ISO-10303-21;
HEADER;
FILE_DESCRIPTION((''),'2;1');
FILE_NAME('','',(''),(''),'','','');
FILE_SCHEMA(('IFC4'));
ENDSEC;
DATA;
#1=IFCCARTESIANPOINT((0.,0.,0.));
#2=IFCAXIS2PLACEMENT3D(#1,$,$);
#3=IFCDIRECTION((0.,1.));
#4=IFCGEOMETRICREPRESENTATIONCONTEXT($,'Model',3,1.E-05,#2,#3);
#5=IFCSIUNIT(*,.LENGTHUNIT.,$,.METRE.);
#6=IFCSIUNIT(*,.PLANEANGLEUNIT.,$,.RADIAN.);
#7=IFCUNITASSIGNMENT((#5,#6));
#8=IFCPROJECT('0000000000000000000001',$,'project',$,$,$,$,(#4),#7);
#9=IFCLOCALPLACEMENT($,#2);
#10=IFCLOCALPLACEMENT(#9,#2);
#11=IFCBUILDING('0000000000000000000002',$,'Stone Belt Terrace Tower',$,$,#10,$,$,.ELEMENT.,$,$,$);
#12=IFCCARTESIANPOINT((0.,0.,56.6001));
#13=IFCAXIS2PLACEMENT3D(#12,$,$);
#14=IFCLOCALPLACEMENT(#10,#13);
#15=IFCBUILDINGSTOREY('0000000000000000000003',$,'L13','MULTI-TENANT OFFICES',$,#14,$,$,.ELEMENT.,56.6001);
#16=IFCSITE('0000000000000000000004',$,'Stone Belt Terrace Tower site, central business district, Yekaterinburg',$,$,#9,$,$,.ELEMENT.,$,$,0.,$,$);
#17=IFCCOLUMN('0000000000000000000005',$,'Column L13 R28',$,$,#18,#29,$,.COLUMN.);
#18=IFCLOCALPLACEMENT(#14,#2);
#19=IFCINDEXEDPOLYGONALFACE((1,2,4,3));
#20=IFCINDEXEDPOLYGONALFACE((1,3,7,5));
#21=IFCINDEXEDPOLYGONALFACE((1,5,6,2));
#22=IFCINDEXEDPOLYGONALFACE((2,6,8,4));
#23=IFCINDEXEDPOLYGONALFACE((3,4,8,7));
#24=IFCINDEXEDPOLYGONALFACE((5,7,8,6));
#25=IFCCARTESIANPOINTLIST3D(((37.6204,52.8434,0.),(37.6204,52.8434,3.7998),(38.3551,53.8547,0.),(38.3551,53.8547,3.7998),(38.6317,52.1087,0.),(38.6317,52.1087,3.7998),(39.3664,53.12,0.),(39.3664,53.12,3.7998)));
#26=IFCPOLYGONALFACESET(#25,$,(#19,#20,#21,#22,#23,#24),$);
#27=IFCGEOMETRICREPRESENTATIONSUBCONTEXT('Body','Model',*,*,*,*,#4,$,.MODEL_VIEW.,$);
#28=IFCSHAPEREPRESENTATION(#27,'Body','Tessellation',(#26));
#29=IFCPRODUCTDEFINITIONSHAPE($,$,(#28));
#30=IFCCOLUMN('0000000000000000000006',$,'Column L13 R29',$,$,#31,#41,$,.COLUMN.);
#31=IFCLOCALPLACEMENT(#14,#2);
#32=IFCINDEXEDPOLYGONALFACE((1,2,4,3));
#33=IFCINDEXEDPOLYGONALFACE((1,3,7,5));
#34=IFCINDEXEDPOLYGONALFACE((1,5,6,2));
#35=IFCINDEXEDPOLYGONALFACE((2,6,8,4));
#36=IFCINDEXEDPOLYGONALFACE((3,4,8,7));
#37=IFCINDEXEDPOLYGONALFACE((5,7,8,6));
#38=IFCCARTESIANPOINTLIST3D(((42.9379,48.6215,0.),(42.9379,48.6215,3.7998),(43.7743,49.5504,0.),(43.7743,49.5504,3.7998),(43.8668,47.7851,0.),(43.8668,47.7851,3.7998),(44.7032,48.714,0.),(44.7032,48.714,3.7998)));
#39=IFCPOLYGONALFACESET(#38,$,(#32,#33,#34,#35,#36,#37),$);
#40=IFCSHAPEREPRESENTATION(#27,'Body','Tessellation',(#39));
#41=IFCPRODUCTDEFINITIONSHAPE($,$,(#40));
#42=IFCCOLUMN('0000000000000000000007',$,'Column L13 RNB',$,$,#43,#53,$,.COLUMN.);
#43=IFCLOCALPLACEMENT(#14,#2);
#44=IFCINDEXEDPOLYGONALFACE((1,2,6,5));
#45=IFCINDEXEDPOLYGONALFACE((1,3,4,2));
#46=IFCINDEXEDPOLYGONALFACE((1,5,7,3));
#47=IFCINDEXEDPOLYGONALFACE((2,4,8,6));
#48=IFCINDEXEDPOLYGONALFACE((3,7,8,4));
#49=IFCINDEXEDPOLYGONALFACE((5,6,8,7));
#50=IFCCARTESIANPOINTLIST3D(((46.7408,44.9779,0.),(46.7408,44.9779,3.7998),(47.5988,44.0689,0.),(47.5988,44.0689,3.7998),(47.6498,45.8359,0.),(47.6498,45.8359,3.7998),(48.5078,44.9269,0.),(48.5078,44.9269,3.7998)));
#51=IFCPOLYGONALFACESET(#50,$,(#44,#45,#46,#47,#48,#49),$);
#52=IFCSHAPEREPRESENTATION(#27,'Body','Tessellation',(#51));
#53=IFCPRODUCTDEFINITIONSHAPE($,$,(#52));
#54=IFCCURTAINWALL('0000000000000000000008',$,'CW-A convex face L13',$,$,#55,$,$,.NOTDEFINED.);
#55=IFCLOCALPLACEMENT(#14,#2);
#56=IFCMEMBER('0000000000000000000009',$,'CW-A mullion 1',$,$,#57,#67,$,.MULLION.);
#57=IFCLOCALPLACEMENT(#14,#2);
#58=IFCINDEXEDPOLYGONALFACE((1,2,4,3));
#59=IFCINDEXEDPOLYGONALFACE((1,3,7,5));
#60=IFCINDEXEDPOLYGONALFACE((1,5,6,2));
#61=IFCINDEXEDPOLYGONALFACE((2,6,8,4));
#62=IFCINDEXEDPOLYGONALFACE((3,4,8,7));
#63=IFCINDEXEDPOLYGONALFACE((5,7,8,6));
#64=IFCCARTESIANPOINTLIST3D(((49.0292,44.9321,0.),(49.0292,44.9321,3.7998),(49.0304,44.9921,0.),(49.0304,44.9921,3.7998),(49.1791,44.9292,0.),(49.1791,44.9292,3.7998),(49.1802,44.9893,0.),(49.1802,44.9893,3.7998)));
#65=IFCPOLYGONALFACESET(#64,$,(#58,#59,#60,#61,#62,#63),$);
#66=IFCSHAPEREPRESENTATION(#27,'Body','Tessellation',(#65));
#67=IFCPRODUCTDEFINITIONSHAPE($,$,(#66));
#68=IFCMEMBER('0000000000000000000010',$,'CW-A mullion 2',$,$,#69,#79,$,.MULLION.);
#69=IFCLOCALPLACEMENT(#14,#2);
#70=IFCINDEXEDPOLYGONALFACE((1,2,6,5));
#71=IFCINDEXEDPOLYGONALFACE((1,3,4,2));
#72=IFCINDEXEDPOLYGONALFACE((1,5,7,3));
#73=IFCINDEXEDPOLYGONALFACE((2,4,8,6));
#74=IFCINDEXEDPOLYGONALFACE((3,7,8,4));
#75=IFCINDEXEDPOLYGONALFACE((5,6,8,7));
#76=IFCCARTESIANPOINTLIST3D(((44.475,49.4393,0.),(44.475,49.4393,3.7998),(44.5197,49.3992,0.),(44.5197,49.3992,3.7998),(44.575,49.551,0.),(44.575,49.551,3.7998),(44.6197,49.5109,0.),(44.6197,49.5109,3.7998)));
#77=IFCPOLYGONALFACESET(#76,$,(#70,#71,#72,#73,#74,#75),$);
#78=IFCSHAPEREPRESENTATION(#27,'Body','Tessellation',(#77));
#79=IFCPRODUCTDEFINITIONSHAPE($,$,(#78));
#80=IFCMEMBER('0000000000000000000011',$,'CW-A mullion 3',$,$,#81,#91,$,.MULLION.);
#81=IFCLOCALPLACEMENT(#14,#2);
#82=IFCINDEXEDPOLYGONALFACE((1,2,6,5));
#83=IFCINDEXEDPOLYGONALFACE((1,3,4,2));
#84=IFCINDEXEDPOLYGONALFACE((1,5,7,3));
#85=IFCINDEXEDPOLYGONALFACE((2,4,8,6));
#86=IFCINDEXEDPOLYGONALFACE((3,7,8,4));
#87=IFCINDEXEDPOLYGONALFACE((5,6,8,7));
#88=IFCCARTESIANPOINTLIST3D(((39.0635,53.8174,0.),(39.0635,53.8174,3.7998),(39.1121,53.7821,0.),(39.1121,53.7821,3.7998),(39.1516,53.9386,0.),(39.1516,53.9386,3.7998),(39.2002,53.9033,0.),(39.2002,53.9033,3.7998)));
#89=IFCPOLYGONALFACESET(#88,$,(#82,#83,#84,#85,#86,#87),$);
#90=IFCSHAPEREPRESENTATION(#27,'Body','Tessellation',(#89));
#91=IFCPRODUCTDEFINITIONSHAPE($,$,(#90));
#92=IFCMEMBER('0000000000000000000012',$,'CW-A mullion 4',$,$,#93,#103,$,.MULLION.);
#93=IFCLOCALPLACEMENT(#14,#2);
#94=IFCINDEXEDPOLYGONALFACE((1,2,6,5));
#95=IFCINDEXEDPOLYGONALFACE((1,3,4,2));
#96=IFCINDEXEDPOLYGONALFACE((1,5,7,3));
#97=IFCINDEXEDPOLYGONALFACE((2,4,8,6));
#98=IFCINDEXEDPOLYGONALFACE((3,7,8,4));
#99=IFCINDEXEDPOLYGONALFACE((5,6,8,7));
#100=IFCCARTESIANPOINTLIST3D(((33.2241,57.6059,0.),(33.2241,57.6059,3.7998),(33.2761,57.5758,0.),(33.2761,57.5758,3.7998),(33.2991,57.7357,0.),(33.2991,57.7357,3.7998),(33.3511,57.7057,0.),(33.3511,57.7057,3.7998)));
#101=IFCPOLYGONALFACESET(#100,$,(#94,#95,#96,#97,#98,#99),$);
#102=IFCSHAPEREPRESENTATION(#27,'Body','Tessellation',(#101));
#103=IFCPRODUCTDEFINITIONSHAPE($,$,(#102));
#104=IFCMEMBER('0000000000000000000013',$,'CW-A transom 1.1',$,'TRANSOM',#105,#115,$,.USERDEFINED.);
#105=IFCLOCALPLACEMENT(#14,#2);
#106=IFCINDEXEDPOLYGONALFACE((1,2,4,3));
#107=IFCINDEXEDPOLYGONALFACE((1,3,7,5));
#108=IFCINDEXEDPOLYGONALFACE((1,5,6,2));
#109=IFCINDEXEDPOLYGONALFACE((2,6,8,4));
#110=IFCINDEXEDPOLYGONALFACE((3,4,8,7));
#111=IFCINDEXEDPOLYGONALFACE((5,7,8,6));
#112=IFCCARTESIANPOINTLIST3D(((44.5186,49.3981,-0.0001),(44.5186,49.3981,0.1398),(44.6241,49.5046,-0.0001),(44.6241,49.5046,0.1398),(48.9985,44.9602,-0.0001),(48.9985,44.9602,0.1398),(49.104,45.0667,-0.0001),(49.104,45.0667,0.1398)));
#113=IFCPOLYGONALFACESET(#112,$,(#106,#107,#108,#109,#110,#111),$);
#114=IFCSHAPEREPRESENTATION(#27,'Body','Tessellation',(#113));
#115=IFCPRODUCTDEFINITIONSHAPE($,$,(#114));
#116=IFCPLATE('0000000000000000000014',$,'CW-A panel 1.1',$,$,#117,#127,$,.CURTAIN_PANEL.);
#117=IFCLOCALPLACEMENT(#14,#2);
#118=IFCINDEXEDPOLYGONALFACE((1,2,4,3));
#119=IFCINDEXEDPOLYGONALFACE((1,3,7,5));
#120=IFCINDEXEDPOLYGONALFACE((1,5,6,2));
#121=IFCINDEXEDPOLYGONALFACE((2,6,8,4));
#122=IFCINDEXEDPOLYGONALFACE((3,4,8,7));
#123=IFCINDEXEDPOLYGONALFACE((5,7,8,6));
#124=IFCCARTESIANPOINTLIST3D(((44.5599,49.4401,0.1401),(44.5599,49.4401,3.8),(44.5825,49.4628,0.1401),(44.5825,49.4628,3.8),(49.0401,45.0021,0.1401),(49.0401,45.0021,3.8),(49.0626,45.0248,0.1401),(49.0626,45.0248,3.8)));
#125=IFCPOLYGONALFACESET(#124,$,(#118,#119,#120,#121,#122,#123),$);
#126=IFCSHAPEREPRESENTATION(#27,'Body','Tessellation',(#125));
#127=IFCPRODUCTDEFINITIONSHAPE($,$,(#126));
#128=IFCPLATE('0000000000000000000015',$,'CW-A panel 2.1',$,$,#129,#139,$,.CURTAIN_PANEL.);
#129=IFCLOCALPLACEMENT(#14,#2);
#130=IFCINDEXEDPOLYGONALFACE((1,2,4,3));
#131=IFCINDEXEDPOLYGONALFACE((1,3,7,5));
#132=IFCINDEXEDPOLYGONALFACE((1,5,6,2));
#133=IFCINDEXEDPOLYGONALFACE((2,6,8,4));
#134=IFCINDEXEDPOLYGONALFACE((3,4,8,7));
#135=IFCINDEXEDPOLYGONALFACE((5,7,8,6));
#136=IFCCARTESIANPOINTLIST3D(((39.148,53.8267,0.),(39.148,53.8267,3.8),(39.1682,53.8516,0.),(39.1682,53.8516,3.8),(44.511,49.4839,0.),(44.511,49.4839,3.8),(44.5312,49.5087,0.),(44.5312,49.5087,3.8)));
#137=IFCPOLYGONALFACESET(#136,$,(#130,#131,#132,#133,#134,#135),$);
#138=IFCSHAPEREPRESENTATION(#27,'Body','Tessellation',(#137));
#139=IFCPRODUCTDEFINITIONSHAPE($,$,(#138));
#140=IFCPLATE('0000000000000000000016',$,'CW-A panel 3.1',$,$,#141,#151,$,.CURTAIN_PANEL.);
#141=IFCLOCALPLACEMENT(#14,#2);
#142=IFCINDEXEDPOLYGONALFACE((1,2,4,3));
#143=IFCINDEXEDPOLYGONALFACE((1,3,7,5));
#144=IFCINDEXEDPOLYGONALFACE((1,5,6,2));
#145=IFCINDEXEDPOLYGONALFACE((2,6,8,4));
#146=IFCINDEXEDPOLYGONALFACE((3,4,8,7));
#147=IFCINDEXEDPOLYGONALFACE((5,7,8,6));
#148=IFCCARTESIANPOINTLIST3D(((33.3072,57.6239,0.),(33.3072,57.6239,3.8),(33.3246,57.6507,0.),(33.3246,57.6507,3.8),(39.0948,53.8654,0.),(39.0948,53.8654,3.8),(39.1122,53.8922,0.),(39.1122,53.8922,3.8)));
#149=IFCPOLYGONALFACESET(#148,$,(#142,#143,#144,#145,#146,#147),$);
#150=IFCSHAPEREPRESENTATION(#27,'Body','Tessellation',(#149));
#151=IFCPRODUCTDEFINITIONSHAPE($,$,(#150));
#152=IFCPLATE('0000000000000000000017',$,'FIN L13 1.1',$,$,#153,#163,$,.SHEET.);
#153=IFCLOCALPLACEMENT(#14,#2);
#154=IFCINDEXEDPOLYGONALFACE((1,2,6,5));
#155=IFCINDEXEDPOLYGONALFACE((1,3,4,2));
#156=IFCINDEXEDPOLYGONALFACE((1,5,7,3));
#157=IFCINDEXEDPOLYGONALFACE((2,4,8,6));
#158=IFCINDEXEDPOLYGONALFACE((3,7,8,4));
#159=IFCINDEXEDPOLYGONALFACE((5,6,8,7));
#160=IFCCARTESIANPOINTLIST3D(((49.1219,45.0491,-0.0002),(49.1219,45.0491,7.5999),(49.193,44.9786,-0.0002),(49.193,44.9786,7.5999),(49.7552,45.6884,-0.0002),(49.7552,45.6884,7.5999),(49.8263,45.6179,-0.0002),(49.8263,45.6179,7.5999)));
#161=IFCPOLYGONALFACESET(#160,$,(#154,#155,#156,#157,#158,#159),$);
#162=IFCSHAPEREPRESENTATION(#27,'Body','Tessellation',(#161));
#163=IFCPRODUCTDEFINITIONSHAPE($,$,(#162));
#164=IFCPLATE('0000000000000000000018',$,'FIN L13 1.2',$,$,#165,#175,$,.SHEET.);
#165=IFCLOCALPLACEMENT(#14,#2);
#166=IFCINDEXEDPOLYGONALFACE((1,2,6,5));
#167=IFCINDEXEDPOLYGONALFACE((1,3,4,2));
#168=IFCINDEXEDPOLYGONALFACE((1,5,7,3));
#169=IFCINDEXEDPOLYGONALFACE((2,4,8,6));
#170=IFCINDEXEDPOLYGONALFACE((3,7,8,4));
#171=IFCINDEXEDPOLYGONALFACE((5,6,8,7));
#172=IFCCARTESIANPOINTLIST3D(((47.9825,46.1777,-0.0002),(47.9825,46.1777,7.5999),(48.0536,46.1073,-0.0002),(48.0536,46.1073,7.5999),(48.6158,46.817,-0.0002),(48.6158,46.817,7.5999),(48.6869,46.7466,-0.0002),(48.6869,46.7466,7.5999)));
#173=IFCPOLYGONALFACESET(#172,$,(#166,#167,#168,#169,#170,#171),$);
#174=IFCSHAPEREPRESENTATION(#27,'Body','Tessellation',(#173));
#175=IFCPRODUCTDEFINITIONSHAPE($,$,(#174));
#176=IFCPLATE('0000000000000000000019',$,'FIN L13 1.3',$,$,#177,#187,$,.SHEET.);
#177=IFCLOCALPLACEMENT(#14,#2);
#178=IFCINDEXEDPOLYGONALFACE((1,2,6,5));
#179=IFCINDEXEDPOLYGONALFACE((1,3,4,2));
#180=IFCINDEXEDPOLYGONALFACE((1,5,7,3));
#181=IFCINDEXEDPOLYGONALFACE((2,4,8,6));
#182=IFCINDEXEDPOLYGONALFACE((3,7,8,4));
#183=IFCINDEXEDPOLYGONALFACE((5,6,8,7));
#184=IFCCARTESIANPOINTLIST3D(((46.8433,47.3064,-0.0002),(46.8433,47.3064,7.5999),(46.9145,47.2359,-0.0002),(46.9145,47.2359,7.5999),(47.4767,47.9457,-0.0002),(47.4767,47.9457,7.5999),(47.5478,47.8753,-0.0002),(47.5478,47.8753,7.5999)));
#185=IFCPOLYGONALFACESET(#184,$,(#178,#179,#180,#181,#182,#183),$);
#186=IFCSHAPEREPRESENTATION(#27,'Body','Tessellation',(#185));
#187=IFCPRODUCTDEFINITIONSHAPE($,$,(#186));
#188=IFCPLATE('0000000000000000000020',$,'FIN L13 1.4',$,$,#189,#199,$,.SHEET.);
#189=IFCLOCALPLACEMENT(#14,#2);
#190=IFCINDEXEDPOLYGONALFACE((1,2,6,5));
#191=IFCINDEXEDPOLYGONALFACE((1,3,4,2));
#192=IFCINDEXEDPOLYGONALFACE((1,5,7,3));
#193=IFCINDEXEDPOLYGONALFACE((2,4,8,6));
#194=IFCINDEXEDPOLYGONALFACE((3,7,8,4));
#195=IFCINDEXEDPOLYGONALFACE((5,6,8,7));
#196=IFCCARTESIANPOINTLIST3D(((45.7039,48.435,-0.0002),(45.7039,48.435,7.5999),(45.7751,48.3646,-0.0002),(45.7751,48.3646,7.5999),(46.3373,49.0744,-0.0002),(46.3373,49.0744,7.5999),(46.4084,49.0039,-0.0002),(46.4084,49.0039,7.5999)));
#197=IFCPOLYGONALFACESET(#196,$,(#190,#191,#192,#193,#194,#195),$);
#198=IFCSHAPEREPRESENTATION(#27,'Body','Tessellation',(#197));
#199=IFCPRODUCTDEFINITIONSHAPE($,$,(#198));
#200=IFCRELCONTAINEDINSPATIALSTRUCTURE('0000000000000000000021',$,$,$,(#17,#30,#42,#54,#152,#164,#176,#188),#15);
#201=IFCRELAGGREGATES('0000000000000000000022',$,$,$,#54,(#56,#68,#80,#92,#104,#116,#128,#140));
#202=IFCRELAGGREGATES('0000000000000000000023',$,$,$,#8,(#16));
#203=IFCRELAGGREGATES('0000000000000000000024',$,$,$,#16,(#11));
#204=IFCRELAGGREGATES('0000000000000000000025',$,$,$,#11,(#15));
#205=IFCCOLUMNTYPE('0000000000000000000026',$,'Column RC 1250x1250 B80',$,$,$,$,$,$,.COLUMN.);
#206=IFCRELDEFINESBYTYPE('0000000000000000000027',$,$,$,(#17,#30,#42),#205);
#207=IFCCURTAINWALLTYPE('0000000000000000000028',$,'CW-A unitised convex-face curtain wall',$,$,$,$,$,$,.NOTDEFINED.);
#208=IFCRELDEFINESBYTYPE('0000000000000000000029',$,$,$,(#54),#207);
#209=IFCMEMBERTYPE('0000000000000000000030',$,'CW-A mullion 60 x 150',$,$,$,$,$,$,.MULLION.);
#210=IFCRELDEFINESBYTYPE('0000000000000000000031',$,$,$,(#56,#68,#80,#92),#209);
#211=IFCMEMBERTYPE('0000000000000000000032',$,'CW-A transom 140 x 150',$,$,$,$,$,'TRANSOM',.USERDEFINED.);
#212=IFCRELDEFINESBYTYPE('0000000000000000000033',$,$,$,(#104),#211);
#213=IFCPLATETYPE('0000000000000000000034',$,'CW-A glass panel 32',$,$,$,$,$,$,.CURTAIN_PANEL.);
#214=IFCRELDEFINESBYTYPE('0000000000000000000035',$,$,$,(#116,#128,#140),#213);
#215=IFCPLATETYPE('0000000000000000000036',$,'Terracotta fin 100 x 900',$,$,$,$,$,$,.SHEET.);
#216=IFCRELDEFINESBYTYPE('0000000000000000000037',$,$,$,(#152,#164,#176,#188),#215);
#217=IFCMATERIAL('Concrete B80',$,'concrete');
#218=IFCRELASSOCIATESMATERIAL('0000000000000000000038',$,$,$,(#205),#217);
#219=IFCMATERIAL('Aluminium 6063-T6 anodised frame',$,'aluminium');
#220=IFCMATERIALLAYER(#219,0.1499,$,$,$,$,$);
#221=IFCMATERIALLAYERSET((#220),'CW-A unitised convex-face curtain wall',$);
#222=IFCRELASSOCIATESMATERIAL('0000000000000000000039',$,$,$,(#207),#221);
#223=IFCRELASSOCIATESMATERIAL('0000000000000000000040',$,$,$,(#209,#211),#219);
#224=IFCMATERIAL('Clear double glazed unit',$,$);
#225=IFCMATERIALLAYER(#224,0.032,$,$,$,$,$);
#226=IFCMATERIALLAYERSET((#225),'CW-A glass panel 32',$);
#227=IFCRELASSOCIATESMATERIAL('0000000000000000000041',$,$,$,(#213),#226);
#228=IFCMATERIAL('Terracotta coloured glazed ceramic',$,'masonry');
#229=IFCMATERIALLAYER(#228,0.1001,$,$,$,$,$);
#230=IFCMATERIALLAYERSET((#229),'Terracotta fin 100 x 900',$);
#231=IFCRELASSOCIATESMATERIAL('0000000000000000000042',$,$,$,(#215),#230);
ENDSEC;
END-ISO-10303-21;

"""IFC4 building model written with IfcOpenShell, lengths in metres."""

from ifc_helpers import new_model, si_unit, direction, frame, origin, origin_2d, place, context, subcontext, project, spatial, rectangle, extrude, material, layer, layer_set, material_profile, profile_set, type_object, element, aggregate, save


model = new_model("IFC4")

# Units and contexts
model_context = context("Model", 3, precision=1e-05, world=origin(), true_north=direction((0.0, 1.0)))
body_context = subcontext(model_context, "Body", "Model", "MODEL_VIEW")
ifc_project = project(units=[si_unit("LENGTHUNIT", "METRE"), si_unit("PLANEANGLEUNIT", "RADIAN")], contexts=[model_context])

# Site, building, storey
site_placement = place(None, origin())
site = spatial("IfcSite", under=ifc_project, at=site_placement, Name="Stone Belt Terrace Tower site, central business district, Yekaterinburg", CompositionType="ELEMENT", RefElevation=0.0)
building_placement = place(site_placement, origin())
building = spatial("IfcBuilding", under=site, at=building_placement, Name="Stone Belt Terrace Tower", CompositionType="ELEMENT")
storey_placement = place(building_placement, frame((0.0, 0.0, 56.6001)))
storey = spatial("IfcBuildingStorey", under=building, at=storey_placement, Name="L13", Description="MULTI-TENANT OFFICES", CompositionType="ELEMENT", Elevation=56.6001)

# Columns
ifc_material_1 = material(Name="Concrete B80", Category="concrete")
ifc_material_profile_1 = material_profile(ifc_material_1, rectangle(XDim=1.25, YDim=1.25, at=origin_2d()), Name="RC 1250x1250")
ifc_profile_set_1 = profile_set([ifc_material_profile_1], Name="Concrete B80")
column_type = type_object("IfcColumnType", Name="Column RC 1250x1250 B80", PredefinedType="COLUMN", material=ifc_profile_set_1)
for number, where, z_axis, x_axis, name in (
    (1, (38.4934, 52.9817, 0.0), (0.0, 0.0, 1.0), (0.809017, -0.587785, 0.0), "Column L13 R28"),
    (2, (43.8206, 48.6677, 0.0), (0.0, 0.0, 1.0), (0.743145, -0.669131, 0.0), "Column L13 R29"),
    (3, (47.6243, 44.9524, 0.0), (0.0, 0.0, 1.0), (0.686414, -0.727211, 0.0), "Column L13 RNB"),
):
    element("IfcColumn", number, at=place(storey_placement, frame(where, z_axis=z_axis, x_axis=x_axis)), inside=storey, type_object=column_type, Name=name, PredefinedType="COLUMN", context=body_context, shape_type="SweptSolid", body=[
        extrude(rectangle(XDim=1.25, YDim=1.25, at=origin_2d()), origin(), (0.0, 0.0, 1.0), 3.7998),
    ])

# Curtain wall, members, plates
ifc_material_2 = material(Name="Aluminium 6063-T6 anodised frame", Category="aluminium")
ifc_layer_1 = layer(ifc_material_2, 0.1499)
ifc_layer_set_1 = layer_set([ifc_layer_1], Name="CW-A unitised convex-face curtain wall")
curtain_wall_type = type_object("IfcCurtainWallType", Name="CW-A unitised convex-face curtain wall", PredefinedType="NOTDEFINED", material=ifc_layer_set_1)
curtain_wall_placement = place(storey_placement, origin())
curtain_wall = element("IfcCurtainWall", 4, at=curtain_wall_placement, inside=storey, type_object=curtain_wall_type, Name="CW-A convex face L13", PredefinedType="NOTDEFINED")
ifc_material_profile_2 = material_profile(ifc_material_2, rectangle(XDim=0.1499, YDim=0.0601, at=origin_2d()), Name="Aluminium 6063-T6 60x150")
ifc_profile_set_2 = profile_set([ifc_material_profile_2], Name="Aluminium 6063-T6 anodised frame")
member_type_1 = type_object("IfcMemberType", Name="CW-A mullion 60 x 150", PredefinedType="MULLION", material=ifc_profile_set_2)
member_1_placement = place(storey_placement, frame((49.1047, 44.9607, 0.0), z_axis=(0.0, 0.0, 1.0), x_axis=(-0.999818, 0.019084, 0.0)))
member_1 = element("IfcMember", 5, at=member_1_placement, type_object=member_type_1, Name="CW-A mullion 1", PredefinedType="MULLION", context=body_context, shape_type="SweptSolid", body=[
    extrude(rectangle(XDim=0.1499, YDim=0.0601, at=origin_2d()), origin(), (0.0, 0.0, 1.0), 3.7998),
])
member_2_placement = place(storey_placement, frame((44.5474, 49.4751, 0.0), z_axis=(0.0, 0.0, 1.0), x_axis=(-0.667371, -0.744725, 0.0)))
member_2 = element("IfcMember", 6, at=member_2_placement, type_object=member_type_1, Name="CW-A mullion 2", PredefinedType="MULLION", context=body_context, shape_type="SweptSolid", body=[
    extrude(rectangle(XDim=0.1499, YDim=0.0601, at=origin_2d()), origin(), (0.0, 0.0, 1.0), 3.7998),
])
member_3_placement = place(storey_placement, frame((39.1318, 53.8604, 0.0), z_axis=(0.0, 0.0, 1.0), x_axis=(-0.587785, -0.809017, 0.0)))
member_3 = element("IfcMember", 7, at=member_3_placement, type_object=member_type_1, Name="CW-A mullion 3", PredefinedType="MULLION", context=body_context, shape_type="SweptSolid", body=[
    extrude(rectangle(XDim=0.1499, YDim=0.0601, at=origin_2d()), origin(), (0.0, 0.0, 1.0), 3.7998),
])
member_4_placement = place(storey_placement, frame((33.2876, 57.6558, 0.0), z_axis=(0.0, 0.0, 1.0), x_axis=(-0.5, -0.866025, 0.0)))
member_4 = element("IfcMember", 8, at=member_4_placement, type_object=member_type_1, Name="CW-A mullion 4", PredefinedType="MULLION", context=body_context, shape_type="SweptSolid", body=[
    extrude(rectangle(XDim=0.1499, YDim=0.0601, at=origin_2d()), origin(), (0.0, 0.0, 1.0), 3.7998),
])
ifc_material_profile_3 = material_profile(ifc_material_2, rectangle(XDim=0.1499, YDim=0.1399, at=origin_2d()), Name="Aluminium 6063-T6 150x140")
ifc_profile_set_3 = profile_set([ifc_material_profile_3], Name="Aluminium 6063-T6 anodised frame")
member_type_2 = type_object("IfcMemberType", Name="CW-A transom 140 x 150", ElementType="TRANSOM", PredefinedType="USERDEFINED", material=ifc_profile_set_3)
member_5_placement = place(storey_placement, frame((49.0513, 45.0134, 0.0698), z_axis=(-0.710428, 0.703769, 0.0), x_axis=(-0.703769, -0.710428, 0.0)))
member_5 = element("IfcMember", 9, at=member_5_placement, type_object=member_type_2, Name="CW-A transom 1.1", ObjectType="TRANSOM", PredefinedType="USERDEFINED", context=body_context, shape_type="SweptSolid", body=[
    extrude(rectangle(XDim=0.1499, YDim=0.1399, at=origin_2d()), origin(), (0.0, 0.0, 1.0), 6.3059),
])
ifc_material_3 = material(Name="Clear double glazed unit")
ifc_layer_2 = layer(ifc_material_3, 0.032)
ifc_layer_set_2 = layer_set([ifc_layer_2], Name="CW-A glass panel 32")
plate_type_1 = type_object("IfcPlateType", Name="CW-A glass panel 32", PredefinedType="CURTAIN_PANEL", material=ifc_layer_set_2)
plate_1_placement = place(storey_placement, frame((46.8113, 47.2324, 0.1401), z_axis=(0.0, 0.0, 1.0), x_axis=(-0.710443, 0.703754, 0.0)))
plate_1 = element("IfcPlate", 10, at=plate_1_placement, type_object=plate_type_1, Name="CW-A panel 1.1", PredefinedType="CURTAIN_PANEL", context=body_context, shape_type="SweptSolid", body=[
    extrude(rectangle(XDim=6.3062, YDim=0.032, at=origin_2d()), origin(), (0.0, 0.0, 1.0), 3.6599),
])
plate_2_placement = place(storey_placement, frame((41.8396, 51.6677, 0.0), z_axis=(0.0, 0.0, 1.0), x_axis=(-0.777146, 0.62932, 0.0)))
plate_2 = element("IfcPlate", 11, at=plate_2_placement, type_object=plate_type_1, Name="CW-A panel 2.1", PredefinedType="CURTAIN_PANEL", context=body_context, shape_type="SweptSolid", body=[
    extrude(rectangle(XDim=6.9009, YDim=0.032, at=origin_2d()), origin(), (0.0, 0.0, 1.0), 3.8),
])
plate_3_placement = place(storey_placement, frame((36.2097, 55.7581, 0.0), z_axis=(0.0, 0.0, 1.0), x_axis=(-0.838671, 0.544639, 0.0)))
plate_3 = element("IfcPlate", 12, at=plate_3_placement, type_object=plate_type_1, Name="CW-A panel 3.1", PredefinedType="CURTAIN_PANEL", context=body_context, shape_type="SweptSolid", body=[
    extrude(rectangle(XDim=6.9009, YDim=0.032, at=origin_2d()), origin(), (0.0, 0.0, 1.0), 3.8),
])
aggregate(curtain_wall, [member_1, member_2, member_3, member_4, member_5, plate_1, plate_2, plate_3])

# Plates
ifc_material_4 = material(Name="Terracotta coloured glazed ceramic", Category="masonry")
ifc_layer_3 = layer(ifc_material_4, 0.1001)
ifc_layer_set_3 = layer_set([ifc_layer_3], Name="Terracotta fin 100 x 900")
plate_type_2 = type_object("IfcPlateType", Name="Terracotta fin 100 x 900", PredefinedType="SHEET", material=ifc_layer_set_3)
for number, where, z_axis, x_axis, name in (
    (13, (49.4741, 45.3335, -0.0002), (0.0, 0.0, 1.0), (0.703754, 0.710443, 0.0), "FIN L13 1.1"),
    (14, (48.3347, 46.4622, -0.0002), (0.0, 0.0, 1.0), (0.703754, 0.710443, 0.0), "FIN L13 1.2"),
    (15, (47.1956, 47.5908, -0.0002), (0.0, 0.0, 1.0), (0.703754, 0.710443, 0.0), "FIN L13 1.3"),
    (16, (46.0562, 48.7195, -0.0002), (0.0, 0.0, 1.0), (0.703754, 0.710443, 0.0), "FIN L13 1.4"),
):
    element("IfcPlate", number, at=place(storey_placement, frame(where, z_axis=z_axis, x_axis=x_axis)), inside=storey, type_object=plate_type_2, Name=name, PredefinedType="SHEET", context=body_context, shape_type="SweptSolid", body=[
        extrude(rectangle(XDim=0.8999, YDim=0.1001, at=origin_2d()), origin(), (0.0, 0.0, 1.0), 7.6001),
    ])

save(model, "model.ifc")
